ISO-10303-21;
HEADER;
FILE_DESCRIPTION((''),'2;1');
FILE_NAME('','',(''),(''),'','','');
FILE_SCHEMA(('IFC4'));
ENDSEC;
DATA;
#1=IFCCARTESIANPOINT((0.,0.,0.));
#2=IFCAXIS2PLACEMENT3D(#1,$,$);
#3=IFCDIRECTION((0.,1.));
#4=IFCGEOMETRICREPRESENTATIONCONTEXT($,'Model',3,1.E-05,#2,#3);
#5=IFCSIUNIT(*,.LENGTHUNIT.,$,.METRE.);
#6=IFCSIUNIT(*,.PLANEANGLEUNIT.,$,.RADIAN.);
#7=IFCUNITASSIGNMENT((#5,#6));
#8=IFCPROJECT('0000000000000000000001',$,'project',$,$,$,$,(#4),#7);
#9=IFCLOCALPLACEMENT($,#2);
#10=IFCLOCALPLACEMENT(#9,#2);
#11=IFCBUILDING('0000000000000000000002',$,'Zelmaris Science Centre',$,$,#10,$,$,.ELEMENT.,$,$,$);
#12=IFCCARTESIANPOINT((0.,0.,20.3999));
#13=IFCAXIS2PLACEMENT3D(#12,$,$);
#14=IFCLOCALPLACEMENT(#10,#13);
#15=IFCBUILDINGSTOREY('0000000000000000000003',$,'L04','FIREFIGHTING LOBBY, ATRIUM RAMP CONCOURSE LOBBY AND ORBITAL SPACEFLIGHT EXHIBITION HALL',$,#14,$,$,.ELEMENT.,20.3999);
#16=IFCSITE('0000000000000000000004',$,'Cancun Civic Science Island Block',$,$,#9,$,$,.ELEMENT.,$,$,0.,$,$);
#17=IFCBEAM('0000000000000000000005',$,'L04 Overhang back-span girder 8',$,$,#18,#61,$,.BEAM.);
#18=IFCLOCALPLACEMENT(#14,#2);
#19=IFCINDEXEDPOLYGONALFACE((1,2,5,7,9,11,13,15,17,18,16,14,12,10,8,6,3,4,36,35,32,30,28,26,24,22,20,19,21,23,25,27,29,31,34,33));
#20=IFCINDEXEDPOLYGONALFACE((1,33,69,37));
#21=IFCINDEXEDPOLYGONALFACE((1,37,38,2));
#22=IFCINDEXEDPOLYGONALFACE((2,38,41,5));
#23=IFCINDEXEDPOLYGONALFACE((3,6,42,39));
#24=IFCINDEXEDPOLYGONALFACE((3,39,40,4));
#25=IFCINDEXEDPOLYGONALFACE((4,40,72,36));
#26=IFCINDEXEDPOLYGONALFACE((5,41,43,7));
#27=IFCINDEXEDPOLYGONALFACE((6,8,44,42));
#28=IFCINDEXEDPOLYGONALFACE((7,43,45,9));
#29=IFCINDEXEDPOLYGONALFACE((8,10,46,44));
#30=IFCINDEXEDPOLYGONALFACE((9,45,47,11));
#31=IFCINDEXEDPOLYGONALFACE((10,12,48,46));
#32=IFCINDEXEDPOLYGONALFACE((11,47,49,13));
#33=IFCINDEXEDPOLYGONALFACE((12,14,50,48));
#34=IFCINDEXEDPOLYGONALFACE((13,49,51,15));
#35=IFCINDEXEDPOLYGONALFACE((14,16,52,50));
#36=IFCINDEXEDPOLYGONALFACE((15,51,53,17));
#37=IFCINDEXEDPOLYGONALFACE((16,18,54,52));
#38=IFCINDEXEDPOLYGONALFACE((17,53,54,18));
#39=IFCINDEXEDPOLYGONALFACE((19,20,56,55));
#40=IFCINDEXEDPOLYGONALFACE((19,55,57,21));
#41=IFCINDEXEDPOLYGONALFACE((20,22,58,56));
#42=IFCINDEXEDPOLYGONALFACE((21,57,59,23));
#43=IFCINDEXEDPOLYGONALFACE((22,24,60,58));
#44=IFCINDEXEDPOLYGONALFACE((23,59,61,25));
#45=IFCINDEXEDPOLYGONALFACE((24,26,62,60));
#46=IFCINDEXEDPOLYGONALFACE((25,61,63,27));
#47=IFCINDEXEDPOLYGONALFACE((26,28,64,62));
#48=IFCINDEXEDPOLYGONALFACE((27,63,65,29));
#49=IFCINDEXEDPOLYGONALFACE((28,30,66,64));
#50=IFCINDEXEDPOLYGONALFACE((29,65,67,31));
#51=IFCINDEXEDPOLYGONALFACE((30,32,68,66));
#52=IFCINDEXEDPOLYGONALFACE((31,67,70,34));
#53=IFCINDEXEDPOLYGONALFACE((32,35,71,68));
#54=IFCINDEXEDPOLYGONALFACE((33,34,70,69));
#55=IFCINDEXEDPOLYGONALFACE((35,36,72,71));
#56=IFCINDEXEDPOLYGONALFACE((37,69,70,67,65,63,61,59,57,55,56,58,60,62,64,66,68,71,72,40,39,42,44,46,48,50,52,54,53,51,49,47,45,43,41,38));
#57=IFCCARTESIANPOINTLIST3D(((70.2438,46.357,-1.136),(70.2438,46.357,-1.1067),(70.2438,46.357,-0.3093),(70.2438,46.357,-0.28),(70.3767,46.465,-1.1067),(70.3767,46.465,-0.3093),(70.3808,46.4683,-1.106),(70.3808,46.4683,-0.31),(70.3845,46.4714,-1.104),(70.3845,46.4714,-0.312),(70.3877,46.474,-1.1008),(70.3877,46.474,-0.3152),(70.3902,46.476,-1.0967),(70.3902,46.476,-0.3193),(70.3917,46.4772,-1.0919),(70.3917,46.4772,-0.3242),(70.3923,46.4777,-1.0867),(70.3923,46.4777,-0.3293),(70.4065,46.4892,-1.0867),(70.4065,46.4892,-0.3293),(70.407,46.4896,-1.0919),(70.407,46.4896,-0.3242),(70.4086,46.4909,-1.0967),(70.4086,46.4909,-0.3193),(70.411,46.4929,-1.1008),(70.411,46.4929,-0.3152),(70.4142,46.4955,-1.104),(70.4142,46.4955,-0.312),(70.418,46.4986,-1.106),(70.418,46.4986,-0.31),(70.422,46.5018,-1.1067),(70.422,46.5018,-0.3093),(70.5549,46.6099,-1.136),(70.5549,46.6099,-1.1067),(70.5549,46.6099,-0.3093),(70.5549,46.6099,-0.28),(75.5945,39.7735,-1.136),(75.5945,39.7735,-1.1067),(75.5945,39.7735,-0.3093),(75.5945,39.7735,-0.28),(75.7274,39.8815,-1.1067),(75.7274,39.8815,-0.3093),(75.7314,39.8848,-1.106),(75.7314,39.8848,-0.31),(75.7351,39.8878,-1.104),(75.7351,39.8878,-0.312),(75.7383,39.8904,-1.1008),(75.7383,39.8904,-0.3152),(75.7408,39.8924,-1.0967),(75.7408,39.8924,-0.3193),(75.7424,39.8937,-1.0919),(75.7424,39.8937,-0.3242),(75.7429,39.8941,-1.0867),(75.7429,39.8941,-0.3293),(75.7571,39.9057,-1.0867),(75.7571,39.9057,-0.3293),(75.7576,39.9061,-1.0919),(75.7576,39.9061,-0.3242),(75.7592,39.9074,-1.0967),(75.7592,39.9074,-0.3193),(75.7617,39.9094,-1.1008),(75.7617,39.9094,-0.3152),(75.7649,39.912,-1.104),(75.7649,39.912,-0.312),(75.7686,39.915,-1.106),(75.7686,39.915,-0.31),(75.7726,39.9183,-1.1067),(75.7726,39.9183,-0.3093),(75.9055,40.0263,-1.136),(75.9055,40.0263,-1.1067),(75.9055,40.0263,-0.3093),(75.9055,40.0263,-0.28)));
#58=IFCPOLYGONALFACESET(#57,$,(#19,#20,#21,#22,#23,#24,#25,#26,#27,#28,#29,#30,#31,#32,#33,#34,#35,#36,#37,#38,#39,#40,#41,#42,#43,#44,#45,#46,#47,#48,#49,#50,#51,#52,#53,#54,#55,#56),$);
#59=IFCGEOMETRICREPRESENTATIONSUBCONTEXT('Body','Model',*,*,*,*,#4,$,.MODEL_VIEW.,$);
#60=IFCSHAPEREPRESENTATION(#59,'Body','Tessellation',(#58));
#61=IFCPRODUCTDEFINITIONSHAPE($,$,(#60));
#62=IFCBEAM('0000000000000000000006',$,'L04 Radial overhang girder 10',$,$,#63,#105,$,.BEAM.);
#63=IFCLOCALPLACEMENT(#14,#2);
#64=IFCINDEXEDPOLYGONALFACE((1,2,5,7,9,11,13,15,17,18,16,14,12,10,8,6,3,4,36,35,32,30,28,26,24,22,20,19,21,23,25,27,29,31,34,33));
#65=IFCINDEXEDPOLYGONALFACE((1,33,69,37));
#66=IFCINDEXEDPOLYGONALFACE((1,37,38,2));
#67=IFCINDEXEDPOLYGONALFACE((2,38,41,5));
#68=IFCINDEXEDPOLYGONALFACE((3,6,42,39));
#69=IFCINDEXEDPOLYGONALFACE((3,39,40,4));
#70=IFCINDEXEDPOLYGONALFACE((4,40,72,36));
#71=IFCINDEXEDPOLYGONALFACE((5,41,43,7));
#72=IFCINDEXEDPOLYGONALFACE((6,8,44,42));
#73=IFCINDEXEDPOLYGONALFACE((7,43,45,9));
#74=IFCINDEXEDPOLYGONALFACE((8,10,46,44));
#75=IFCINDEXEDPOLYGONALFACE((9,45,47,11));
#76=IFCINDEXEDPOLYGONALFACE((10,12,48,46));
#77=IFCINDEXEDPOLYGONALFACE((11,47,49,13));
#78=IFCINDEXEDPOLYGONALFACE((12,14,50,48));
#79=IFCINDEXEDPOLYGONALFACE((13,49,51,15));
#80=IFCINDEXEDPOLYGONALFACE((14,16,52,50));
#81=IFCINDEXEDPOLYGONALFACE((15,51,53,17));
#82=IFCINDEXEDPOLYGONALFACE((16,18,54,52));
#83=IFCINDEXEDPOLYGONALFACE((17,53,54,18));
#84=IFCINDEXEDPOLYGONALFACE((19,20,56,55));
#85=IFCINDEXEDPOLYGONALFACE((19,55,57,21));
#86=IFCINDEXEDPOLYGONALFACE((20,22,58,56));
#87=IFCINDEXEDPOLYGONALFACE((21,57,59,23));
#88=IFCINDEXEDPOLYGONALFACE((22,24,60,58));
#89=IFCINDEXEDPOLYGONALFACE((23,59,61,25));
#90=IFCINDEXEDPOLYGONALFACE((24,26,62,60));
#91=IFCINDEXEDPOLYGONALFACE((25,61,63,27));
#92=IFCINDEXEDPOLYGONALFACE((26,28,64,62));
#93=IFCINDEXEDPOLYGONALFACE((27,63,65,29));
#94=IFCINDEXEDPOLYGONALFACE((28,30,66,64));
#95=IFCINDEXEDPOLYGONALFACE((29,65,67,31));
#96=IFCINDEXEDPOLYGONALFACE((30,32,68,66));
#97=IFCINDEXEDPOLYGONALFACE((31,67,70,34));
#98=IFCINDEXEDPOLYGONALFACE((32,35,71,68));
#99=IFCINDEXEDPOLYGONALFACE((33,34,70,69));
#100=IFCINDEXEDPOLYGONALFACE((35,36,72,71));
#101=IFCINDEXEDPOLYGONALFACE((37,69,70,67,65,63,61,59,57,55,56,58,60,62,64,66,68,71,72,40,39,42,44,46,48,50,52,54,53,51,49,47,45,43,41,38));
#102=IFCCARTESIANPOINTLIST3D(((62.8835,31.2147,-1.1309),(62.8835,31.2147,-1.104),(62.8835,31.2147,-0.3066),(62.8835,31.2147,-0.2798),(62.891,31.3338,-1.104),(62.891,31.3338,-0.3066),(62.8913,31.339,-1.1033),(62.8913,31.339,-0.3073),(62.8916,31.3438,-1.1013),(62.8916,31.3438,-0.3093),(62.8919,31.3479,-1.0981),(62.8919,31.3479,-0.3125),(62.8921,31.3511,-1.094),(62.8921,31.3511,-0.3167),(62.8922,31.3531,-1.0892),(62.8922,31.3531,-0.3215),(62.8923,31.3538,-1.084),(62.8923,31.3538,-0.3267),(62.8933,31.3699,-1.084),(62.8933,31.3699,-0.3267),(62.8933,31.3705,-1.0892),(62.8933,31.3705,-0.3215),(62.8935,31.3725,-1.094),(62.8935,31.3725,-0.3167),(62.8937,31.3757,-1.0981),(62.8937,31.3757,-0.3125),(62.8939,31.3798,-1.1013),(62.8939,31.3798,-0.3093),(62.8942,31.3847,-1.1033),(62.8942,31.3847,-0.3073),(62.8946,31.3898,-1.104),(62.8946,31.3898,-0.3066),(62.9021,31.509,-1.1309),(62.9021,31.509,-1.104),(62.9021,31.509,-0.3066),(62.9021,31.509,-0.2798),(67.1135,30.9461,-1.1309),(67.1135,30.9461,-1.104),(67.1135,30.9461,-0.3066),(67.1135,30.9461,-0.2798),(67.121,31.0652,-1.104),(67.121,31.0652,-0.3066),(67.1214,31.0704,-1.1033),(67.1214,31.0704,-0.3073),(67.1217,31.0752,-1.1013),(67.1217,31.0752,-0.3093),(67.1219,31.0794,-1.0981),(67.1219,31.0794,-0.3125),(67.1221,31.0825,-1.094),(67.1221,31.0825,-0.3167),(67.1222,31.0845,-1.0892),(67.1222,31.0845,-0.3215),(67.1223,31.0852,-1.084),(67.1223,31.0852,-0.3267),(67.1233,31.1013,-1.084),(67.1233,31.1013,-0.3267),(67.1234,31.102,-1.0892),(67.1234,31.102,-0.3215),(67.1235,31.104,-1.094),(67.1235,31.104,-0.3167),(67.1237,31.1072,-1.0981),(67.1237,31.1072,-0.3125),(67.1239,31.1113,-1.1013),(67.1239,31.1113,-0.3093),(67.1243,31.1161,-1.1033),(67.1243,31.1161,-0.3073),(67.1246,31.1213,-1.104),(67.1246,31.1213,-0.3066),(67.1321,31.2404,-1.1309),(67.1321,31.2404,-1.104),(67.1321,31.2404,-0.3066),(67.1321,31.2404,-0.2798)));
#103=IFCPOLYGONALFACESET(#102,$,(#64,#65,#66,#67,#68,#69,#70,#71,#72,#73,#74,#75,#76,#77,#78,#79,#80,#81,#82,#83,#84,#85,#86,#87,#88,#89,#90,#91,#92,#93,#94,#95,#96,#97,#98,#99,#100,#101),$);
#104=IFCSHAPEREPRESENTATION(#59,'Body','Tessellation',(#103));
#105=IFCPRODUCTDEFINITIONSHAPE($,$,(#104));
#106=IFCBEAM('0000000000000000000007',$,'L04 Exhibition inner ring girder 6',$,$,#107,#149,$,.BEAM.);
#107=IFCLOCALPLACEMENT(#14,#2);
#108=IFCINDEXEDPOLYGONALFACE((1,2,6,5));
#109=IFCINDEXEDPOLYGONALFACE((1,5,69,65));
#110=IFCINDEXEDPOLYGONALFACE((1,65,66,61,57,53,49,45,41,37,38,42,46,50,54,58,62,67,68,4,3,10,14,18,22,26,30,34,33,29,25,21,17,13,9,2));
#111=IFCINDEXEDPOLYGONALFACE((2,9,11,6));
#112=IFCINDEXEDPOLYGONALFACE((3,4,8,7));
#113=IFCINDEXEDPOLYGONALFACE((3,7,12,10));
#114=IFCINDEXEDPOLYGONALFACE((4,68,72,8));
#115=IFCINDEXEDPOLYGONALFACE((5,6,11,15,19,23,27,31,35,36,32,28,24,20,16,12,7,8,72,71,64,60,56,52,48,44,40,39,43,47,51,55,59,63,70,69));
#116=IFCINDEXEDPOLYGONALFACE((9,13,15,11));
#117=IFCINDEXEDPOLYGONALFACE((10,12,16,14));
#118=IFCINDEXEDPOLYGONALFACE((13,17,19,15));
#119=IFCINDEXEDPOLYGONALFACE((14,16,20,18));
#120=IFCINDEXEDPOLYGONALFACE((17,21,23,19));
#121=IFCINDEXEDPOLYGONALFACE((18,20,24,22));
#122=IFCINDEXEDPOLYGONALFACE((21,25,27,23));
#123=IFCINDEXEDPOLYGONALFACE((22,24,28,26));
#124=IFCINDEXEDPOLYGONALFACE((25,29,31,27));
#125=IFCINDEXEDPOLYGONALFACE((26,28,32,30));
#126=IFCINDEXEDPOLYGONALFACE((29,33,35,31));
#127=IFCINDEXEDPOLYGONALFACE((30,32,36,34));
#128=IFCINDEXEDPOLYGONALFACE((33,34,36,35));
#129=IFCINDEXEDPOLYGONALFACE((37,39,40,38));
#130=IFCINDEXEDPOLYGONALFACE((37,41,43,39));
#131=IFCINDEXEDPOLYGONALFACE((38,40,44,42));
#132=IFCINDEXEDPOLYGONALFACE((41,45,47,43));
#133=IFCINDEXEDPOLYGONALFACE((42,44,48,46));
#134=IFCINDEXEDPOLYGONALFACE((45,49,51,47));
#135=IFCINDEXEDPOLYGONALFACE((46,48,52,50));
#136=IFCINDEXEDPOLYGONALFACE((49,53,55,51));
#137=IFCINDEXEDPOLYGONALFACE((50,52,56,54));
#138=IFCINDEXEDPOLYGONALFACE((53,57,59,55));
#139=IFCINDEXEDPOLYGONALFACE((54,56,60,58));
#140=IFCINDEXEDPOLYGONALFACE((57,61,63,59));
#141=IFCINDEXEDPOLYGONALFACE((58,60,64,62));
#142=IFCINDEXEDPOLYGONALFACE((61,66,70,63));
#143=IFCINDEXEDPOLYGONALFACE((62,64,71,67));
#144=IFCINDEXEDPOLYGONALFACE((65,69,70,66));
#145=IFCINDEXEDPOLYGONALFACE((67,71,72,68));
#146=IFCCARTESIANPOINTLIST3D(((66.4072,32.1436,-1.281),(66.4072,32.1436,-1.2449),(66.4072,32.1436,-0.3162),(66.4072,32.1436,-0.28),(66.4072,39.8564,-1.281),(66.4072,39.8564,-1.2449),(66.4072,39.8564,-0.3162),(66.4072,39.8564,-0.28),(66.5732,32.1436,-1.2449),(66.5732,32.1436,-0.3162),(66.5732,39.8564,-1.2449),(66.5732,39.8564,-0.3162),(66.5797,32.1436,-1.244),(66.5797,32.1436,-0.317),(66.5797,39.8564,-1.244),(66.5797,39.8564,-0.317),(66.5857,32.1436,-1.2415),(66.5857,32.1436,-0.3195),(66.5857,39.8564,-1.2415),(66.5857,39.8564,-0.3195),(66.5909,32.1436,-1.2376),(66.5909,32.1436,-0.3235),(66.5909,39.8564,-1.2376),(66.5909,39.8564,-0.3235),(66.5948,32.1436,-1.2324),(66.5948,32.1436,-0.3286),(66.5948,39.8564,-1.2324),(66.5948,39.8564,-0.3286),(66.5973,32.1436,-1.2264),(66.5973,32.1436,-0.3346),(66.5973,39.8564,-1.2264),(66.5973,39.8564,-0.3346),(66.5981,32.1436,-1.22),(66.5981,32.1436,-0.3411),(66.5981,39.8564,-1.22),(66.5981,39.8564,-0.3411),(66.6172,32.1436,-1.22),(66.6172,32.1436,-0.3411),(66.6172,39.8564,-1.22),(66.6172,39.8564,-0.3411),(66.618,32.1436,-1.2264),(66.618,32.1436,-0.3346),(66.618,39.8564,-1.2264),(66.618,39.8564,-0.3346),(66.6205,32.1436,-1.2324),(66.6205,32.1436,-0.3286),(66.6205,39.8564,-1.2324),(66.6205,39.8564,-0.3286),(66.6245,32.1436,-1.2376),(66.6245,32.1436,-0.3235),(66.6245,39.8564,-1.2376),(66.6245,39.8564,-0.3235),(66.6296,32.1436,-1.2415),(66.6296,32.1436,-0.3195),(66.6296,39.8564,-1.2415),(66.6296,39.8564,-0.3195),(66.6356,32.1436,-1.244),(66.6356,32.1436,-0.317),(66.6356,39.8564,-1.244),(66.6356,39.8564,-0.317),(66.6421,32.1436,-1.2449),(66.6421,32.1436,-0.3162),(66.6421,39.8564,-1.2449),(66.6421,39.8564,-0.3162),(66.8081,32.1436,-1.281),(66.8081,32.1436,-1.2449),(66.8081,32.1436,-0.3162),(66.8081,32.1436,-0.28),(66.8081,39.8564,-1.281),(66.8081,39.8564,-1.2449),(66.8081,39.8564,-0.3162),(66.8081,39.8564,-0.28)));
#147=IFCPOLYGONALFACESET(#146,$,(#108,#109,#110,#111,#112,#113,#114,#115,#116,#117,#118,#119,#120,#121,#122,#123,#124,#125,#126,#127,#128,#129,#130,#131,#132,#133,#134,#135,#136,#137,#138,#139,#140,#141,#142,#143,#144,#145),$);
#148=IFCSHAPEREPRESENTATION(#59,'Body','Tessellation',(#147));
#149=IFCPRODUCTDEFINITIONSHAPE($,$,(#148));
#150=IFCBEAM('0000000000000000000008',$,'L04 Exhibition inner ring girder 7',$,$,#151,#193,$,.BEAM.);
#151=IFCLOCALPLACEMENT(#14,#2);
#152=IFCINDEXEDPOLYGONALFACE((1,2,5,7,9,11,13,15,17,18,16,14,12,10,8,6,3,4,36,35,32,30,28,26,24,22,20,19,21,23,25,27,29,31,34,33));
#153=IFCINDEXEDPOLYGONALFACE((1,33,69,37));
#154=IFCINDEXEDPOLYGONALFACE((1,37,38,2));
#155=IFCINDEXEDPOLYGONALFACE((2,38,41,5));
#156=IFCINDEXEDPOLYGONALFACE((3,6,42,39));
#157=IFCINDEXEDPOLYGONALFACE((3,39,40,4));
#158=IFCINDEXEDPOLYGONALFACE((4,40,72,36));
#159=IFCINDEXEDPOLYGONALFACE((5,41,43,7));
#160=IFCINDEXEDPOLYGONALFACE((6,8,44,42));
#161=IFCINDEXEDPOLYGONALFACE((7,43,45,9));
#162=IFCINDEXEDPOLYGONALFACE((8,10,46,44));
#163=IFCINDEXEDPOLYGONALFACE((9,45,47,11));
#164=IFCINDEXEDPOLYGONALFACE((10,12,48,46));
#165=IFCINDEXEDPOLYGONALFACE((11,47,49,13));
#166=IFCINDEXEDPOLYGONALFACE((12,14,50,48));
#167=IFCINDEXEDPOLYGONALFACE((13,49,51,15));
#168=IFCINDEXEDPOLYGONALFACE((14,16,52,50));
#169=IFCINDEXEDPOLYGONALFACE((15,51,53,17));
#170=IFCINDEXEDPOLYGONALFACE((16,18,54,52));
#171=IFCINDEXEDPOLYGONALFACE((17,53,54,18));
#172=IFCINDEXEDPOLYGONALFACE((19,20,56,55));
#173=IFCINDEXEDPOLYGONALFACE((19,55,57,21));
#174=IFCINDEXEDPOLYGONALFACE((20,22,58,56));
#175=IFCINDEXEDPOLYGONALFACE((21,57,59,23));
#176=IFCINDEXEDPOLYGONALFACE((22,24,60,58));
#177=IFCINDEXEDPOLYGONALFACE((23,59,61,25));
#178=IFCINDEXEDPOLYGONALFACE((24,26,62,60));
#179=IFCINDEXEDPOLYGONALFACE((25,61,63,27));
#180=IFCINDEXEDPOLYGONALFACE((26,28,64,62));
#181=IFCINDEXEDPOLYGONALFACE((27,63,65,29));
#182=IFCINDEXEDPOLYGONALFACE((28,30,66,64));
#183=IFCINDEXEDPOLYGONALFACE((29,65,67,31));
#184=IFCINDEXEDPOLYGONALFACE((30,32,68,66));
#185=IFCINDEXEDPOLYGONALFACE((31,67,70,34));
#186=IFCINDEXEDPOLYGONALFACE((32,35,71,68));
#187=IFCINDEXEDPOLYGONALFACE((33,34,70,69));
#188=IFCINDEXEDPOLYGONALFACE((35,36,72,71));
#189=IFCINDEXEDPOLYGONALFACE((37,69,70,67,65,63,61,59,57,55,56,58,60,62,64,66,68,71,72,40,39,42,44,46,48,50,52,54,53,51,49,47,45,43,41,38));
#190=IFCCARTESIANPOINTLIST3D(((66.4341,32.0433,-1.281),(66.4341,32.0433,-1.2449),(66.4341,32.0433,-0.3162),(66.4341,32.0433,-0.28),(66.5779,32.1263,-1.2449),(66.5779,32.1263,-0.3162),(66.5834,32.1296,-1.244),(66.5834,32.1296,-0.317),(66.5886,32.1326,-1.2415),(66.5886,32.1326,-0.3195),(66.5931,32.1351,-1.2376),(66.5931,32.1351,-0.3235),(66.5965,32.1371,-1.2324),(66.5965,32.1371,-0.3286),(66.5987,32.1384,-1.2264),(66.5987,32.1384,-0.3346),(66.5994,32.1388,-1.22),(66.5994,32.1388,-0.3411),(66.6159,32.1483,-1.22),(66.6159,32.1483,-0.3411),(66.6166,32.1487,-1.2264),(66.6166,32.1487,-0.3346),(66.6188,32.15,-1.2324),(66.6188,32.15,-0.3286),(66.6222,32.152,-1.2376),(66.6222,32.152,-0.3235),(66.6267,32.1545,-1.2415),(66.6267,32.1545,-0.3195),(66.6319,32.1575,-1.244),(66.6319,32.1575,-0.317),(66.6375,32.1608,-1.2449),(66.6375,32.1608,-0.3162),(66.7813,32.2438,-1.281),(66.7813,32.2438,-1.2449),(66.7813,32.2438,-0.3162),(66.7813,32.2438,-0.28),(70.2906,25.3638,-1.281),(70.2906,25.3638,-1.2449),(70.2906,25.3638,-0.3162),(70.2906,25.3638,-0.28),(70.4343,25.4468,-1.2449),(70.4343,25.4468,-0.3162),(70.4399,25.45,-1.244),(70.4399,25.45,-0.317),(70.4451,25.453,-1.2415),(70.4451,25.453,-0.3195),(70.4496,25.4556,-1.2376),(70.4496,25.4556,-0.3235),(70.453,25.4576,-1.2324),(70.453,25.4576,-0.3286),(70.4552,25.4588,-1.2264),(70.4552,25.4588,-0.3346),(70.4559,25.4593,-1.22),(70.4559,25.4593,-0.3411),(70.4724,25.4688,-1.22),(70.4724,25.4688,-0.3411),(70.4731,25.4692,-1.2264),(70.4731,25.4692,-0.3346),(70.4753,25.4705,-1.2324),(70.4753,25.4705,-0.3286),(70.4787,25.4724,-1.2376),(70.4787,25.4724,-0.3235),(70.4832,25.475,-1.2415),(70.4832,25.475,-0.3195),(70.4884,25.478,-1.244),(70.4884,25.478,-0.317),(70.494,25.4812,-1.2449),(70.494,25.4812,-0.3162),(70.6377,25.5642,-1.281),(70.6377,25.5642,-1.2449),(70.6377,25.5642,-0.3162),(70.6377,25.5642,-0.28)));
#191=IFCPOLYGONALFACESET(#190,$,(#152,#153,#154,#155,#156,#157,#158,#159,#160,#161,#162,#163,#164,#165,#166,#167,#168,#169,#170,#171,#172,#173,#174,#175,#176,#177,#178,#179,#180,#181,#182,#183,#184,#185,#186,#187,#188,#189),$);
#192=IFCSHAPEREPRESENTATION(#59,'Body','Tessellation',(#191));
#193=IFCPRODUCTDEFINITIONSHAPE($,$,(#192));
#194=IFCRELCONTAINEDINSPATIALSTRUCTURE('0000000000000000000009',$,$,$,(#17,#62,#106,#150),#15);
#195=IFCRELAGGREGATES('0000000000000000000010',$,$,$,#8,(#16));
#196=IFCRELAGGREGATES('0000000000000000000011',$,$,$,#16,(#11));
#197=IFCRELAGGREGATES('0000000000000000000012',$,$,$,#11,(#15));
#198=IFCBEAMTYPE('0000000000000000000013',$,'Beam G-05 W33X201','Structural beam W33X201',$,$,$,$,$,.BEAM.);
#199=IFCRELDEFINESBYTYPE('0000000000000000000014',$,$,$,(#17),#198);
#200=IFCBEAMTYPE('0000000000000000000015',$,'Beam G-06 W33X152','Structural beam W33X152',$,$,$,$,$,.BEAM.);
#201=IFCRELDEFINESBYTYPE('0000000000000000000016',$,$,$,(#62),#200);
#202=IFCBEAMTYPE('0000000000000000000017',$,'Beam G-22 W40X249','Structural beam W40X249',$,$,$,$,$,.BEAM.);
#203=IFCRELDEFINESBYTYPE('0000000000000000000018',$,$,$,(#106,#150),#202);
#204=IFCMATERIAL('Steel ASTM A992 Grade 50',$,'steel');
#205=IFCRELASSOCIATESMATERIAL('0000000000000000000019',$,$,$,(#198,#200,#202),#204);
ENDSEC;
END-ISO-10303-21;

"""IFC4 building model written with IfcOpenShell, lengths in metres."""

from ifc_helpers import new_model, si_unit, direction, frame, origin, origin_2d, place, context, subcontext, project, spatial, i_section, extrude, material, material_profile, profile_set, type_object, element, save


model = new_model("IFC4")

# Units and contexts
model_context = context("Model", 3, precision=1e-05, world=origin(), true_north=direction((0.0, 1.0)))
body_context = subcontext(model_context, "Body", "Model", "MODEL_VIEW")
ifc_project = project(units=[si_unit("LENGTHUNIT", "METRE"), si_unit("PLANEANGLEUNIT", "RADIAN")], contexts=[model_context])

# Site, building, storey
site_placement = place(None, origin())
site = spatial("IfcSite", under=ifc_project, at=site_placement, Name="Cancun Civic Science Island Block", CompositionType="ELEMENT", RefElevation=0.0)
building_placement = place(site_placement, origin())
building = spatial("IfcBuilding", under=site, at=building_placement, Name="Zelmaris Science Centre", CompositionType="ELEMENT")
storey_placement = place(building_placement, frame((0.0, 0.0, 20.3999)))
storey = spatial("IfcBuildingStorey", under=building, at=storey_placement, Name="L04", Description="FIREFIGHTING LOBBY, ATRIUM RAMP CONCOURSE LOBBY AND ORBITAL SPACEFLIGHT EXHIBITION HALL", CompositionType="ELEMENT", Elevation=20.3999)

# Shared definitions
ifc_material_1 = material(Name="Steel ASTM A992 Grade 50", Category="steel")

# Beams
ifc_material_profile_1 = material_profile(ifc_material_1, i_section(OverallWidth=0.4009, OverallDepth=0.856, WebThickness=0.0183, FlangeThickness=0.0293, FilletRadius=0.02, at=origin_2d()), Name="W33X201")
ifc_profile_set_1 = profile_set([ifc_material_profile_1], Name="Steel ASTM A992 Grade 50")
beam_type_1 = type_object("IfcBeamType", Name="Beam G-05 W33X201", Description="Structural beam W33X201", PredefinedType="BEAM", material=ifc_profile_set_1)
beam_1_placement = place(storey_placement, frame((75.75, 39.8999, -0.708), z_axis=(-0.630699, 0.776028, 0.0), x_axis=(-0.776028, -0.630699, 0.0)))
element("IfcBeam", 1, at=beam_1_placement, inside=storey, type_object=beam_type_1, Name="L04 Overhang back-span girder 8", PredefinedType="BEAM", context=body_context, shape_type="SweptSolid", body=[
    extrude(i_section(OverallWidth=0.4009, OverallDepth=0.856, WebThickness=0.0183, FlangeThickness=0.0293, FilletRadius=0.02, at=origin_2d()), origin(), (0.0, 0.0, 1.0), 8.4836),
])
ifc_material_profile_2 = material_profile(ifc_material_1, i_section(OverallWidth=0.2949, OverallDepth=0.8511, WebThickness=0.0161, FlangeThickness=0.0269, FilletRadius=0.02, at=origin_2d()), Name="W33X152")
ifc_profile_set_2 = profile_set([ifc_material_profile_2], Name="Steel ASTM A992 Grade 50")
beam_type_2 = type_object("IfcBeamType", Name="Beam G-06 W33X152", Description="Structural beam W33X152", PredefinedType="BEAM", material=ifc_profile_set_2)
beam_2_placement = place(storey_placement, frame((67.1228, 31.0933, -0.7053), z_axis=(-0.997991, 0.063361, 0.0), x_axis=(-0.063361, -0.997991, 0.0)))
element("IfcBeam", 2, at=beam_2_placement, inside=storey, type_object=beam_type_2, Name="L04 Radial overhang girder 10", PredefinedType="BEAM", context=body_context, shape_type="SweptSolid", body=[
    extrude(i_section(OverallWidth=0.2949, OverallDepth=0.8511, WebThickness=0.0161, FlangeThickness=0.0269, FilletRadius=0.02, at=origin_2d()), origin(), (0.0, 0.0, 1.0), 4.2385),
])
ifc_material_profile_3 = material_profile(ifc_material_1, i_section(OverallWidth=0.4009, OverallDepth=1.001, WebThickness=0.019, FlangeThickness=0.0361, FilletRadius=0.0249, at=origin_2d()), Name="W40X249")
ifc_profile_set_3 = profile_set([ifc_material_profile_3], Name="Steel ASTM A992 Grade 50")
beam_type_3 = type_object("IfcBeamType", Name="Beam G-22 W40X249", Description="Structural beam W40X249", PredefinedType="BEAM", material=ifc_profile_set_3)
for number, where, z_axis, x_axis, name in (
    (3, (66.6077, 39.8564, -0.7805), (0.0, -1.0, 0.0), (1.0, 0.0, 0.0), "L04 Exhibition inner ring girder 6"),
    (4, (66.6077, 32.1436, -0.7805), (0.500007, -0.866022, 0.0), (0.866022, 0.500007, 0.0), "L04 Exhibition inner ring girder 7"),
):
    element("IfcBeam", number, at=place(storey_placement, frame(where, z_axis=z_axis, x_axis=x_axis)), inside=storey, type_object=beam_type_3, Name=name, PredefinedType="BEAM", context=body_context, shape_type="SweptSolid", body=[
        extrude(i_section(OverallWidth=0.4009, OverallDepth=1.001, WebThickness=0.019, FlangeThickness=0.0361, FilletRadius=0.0249, at=origin_2d()), origin(), (0.0, 0.0, 1.0), 7.7129),
    ])

save(model, "model.ifc")
